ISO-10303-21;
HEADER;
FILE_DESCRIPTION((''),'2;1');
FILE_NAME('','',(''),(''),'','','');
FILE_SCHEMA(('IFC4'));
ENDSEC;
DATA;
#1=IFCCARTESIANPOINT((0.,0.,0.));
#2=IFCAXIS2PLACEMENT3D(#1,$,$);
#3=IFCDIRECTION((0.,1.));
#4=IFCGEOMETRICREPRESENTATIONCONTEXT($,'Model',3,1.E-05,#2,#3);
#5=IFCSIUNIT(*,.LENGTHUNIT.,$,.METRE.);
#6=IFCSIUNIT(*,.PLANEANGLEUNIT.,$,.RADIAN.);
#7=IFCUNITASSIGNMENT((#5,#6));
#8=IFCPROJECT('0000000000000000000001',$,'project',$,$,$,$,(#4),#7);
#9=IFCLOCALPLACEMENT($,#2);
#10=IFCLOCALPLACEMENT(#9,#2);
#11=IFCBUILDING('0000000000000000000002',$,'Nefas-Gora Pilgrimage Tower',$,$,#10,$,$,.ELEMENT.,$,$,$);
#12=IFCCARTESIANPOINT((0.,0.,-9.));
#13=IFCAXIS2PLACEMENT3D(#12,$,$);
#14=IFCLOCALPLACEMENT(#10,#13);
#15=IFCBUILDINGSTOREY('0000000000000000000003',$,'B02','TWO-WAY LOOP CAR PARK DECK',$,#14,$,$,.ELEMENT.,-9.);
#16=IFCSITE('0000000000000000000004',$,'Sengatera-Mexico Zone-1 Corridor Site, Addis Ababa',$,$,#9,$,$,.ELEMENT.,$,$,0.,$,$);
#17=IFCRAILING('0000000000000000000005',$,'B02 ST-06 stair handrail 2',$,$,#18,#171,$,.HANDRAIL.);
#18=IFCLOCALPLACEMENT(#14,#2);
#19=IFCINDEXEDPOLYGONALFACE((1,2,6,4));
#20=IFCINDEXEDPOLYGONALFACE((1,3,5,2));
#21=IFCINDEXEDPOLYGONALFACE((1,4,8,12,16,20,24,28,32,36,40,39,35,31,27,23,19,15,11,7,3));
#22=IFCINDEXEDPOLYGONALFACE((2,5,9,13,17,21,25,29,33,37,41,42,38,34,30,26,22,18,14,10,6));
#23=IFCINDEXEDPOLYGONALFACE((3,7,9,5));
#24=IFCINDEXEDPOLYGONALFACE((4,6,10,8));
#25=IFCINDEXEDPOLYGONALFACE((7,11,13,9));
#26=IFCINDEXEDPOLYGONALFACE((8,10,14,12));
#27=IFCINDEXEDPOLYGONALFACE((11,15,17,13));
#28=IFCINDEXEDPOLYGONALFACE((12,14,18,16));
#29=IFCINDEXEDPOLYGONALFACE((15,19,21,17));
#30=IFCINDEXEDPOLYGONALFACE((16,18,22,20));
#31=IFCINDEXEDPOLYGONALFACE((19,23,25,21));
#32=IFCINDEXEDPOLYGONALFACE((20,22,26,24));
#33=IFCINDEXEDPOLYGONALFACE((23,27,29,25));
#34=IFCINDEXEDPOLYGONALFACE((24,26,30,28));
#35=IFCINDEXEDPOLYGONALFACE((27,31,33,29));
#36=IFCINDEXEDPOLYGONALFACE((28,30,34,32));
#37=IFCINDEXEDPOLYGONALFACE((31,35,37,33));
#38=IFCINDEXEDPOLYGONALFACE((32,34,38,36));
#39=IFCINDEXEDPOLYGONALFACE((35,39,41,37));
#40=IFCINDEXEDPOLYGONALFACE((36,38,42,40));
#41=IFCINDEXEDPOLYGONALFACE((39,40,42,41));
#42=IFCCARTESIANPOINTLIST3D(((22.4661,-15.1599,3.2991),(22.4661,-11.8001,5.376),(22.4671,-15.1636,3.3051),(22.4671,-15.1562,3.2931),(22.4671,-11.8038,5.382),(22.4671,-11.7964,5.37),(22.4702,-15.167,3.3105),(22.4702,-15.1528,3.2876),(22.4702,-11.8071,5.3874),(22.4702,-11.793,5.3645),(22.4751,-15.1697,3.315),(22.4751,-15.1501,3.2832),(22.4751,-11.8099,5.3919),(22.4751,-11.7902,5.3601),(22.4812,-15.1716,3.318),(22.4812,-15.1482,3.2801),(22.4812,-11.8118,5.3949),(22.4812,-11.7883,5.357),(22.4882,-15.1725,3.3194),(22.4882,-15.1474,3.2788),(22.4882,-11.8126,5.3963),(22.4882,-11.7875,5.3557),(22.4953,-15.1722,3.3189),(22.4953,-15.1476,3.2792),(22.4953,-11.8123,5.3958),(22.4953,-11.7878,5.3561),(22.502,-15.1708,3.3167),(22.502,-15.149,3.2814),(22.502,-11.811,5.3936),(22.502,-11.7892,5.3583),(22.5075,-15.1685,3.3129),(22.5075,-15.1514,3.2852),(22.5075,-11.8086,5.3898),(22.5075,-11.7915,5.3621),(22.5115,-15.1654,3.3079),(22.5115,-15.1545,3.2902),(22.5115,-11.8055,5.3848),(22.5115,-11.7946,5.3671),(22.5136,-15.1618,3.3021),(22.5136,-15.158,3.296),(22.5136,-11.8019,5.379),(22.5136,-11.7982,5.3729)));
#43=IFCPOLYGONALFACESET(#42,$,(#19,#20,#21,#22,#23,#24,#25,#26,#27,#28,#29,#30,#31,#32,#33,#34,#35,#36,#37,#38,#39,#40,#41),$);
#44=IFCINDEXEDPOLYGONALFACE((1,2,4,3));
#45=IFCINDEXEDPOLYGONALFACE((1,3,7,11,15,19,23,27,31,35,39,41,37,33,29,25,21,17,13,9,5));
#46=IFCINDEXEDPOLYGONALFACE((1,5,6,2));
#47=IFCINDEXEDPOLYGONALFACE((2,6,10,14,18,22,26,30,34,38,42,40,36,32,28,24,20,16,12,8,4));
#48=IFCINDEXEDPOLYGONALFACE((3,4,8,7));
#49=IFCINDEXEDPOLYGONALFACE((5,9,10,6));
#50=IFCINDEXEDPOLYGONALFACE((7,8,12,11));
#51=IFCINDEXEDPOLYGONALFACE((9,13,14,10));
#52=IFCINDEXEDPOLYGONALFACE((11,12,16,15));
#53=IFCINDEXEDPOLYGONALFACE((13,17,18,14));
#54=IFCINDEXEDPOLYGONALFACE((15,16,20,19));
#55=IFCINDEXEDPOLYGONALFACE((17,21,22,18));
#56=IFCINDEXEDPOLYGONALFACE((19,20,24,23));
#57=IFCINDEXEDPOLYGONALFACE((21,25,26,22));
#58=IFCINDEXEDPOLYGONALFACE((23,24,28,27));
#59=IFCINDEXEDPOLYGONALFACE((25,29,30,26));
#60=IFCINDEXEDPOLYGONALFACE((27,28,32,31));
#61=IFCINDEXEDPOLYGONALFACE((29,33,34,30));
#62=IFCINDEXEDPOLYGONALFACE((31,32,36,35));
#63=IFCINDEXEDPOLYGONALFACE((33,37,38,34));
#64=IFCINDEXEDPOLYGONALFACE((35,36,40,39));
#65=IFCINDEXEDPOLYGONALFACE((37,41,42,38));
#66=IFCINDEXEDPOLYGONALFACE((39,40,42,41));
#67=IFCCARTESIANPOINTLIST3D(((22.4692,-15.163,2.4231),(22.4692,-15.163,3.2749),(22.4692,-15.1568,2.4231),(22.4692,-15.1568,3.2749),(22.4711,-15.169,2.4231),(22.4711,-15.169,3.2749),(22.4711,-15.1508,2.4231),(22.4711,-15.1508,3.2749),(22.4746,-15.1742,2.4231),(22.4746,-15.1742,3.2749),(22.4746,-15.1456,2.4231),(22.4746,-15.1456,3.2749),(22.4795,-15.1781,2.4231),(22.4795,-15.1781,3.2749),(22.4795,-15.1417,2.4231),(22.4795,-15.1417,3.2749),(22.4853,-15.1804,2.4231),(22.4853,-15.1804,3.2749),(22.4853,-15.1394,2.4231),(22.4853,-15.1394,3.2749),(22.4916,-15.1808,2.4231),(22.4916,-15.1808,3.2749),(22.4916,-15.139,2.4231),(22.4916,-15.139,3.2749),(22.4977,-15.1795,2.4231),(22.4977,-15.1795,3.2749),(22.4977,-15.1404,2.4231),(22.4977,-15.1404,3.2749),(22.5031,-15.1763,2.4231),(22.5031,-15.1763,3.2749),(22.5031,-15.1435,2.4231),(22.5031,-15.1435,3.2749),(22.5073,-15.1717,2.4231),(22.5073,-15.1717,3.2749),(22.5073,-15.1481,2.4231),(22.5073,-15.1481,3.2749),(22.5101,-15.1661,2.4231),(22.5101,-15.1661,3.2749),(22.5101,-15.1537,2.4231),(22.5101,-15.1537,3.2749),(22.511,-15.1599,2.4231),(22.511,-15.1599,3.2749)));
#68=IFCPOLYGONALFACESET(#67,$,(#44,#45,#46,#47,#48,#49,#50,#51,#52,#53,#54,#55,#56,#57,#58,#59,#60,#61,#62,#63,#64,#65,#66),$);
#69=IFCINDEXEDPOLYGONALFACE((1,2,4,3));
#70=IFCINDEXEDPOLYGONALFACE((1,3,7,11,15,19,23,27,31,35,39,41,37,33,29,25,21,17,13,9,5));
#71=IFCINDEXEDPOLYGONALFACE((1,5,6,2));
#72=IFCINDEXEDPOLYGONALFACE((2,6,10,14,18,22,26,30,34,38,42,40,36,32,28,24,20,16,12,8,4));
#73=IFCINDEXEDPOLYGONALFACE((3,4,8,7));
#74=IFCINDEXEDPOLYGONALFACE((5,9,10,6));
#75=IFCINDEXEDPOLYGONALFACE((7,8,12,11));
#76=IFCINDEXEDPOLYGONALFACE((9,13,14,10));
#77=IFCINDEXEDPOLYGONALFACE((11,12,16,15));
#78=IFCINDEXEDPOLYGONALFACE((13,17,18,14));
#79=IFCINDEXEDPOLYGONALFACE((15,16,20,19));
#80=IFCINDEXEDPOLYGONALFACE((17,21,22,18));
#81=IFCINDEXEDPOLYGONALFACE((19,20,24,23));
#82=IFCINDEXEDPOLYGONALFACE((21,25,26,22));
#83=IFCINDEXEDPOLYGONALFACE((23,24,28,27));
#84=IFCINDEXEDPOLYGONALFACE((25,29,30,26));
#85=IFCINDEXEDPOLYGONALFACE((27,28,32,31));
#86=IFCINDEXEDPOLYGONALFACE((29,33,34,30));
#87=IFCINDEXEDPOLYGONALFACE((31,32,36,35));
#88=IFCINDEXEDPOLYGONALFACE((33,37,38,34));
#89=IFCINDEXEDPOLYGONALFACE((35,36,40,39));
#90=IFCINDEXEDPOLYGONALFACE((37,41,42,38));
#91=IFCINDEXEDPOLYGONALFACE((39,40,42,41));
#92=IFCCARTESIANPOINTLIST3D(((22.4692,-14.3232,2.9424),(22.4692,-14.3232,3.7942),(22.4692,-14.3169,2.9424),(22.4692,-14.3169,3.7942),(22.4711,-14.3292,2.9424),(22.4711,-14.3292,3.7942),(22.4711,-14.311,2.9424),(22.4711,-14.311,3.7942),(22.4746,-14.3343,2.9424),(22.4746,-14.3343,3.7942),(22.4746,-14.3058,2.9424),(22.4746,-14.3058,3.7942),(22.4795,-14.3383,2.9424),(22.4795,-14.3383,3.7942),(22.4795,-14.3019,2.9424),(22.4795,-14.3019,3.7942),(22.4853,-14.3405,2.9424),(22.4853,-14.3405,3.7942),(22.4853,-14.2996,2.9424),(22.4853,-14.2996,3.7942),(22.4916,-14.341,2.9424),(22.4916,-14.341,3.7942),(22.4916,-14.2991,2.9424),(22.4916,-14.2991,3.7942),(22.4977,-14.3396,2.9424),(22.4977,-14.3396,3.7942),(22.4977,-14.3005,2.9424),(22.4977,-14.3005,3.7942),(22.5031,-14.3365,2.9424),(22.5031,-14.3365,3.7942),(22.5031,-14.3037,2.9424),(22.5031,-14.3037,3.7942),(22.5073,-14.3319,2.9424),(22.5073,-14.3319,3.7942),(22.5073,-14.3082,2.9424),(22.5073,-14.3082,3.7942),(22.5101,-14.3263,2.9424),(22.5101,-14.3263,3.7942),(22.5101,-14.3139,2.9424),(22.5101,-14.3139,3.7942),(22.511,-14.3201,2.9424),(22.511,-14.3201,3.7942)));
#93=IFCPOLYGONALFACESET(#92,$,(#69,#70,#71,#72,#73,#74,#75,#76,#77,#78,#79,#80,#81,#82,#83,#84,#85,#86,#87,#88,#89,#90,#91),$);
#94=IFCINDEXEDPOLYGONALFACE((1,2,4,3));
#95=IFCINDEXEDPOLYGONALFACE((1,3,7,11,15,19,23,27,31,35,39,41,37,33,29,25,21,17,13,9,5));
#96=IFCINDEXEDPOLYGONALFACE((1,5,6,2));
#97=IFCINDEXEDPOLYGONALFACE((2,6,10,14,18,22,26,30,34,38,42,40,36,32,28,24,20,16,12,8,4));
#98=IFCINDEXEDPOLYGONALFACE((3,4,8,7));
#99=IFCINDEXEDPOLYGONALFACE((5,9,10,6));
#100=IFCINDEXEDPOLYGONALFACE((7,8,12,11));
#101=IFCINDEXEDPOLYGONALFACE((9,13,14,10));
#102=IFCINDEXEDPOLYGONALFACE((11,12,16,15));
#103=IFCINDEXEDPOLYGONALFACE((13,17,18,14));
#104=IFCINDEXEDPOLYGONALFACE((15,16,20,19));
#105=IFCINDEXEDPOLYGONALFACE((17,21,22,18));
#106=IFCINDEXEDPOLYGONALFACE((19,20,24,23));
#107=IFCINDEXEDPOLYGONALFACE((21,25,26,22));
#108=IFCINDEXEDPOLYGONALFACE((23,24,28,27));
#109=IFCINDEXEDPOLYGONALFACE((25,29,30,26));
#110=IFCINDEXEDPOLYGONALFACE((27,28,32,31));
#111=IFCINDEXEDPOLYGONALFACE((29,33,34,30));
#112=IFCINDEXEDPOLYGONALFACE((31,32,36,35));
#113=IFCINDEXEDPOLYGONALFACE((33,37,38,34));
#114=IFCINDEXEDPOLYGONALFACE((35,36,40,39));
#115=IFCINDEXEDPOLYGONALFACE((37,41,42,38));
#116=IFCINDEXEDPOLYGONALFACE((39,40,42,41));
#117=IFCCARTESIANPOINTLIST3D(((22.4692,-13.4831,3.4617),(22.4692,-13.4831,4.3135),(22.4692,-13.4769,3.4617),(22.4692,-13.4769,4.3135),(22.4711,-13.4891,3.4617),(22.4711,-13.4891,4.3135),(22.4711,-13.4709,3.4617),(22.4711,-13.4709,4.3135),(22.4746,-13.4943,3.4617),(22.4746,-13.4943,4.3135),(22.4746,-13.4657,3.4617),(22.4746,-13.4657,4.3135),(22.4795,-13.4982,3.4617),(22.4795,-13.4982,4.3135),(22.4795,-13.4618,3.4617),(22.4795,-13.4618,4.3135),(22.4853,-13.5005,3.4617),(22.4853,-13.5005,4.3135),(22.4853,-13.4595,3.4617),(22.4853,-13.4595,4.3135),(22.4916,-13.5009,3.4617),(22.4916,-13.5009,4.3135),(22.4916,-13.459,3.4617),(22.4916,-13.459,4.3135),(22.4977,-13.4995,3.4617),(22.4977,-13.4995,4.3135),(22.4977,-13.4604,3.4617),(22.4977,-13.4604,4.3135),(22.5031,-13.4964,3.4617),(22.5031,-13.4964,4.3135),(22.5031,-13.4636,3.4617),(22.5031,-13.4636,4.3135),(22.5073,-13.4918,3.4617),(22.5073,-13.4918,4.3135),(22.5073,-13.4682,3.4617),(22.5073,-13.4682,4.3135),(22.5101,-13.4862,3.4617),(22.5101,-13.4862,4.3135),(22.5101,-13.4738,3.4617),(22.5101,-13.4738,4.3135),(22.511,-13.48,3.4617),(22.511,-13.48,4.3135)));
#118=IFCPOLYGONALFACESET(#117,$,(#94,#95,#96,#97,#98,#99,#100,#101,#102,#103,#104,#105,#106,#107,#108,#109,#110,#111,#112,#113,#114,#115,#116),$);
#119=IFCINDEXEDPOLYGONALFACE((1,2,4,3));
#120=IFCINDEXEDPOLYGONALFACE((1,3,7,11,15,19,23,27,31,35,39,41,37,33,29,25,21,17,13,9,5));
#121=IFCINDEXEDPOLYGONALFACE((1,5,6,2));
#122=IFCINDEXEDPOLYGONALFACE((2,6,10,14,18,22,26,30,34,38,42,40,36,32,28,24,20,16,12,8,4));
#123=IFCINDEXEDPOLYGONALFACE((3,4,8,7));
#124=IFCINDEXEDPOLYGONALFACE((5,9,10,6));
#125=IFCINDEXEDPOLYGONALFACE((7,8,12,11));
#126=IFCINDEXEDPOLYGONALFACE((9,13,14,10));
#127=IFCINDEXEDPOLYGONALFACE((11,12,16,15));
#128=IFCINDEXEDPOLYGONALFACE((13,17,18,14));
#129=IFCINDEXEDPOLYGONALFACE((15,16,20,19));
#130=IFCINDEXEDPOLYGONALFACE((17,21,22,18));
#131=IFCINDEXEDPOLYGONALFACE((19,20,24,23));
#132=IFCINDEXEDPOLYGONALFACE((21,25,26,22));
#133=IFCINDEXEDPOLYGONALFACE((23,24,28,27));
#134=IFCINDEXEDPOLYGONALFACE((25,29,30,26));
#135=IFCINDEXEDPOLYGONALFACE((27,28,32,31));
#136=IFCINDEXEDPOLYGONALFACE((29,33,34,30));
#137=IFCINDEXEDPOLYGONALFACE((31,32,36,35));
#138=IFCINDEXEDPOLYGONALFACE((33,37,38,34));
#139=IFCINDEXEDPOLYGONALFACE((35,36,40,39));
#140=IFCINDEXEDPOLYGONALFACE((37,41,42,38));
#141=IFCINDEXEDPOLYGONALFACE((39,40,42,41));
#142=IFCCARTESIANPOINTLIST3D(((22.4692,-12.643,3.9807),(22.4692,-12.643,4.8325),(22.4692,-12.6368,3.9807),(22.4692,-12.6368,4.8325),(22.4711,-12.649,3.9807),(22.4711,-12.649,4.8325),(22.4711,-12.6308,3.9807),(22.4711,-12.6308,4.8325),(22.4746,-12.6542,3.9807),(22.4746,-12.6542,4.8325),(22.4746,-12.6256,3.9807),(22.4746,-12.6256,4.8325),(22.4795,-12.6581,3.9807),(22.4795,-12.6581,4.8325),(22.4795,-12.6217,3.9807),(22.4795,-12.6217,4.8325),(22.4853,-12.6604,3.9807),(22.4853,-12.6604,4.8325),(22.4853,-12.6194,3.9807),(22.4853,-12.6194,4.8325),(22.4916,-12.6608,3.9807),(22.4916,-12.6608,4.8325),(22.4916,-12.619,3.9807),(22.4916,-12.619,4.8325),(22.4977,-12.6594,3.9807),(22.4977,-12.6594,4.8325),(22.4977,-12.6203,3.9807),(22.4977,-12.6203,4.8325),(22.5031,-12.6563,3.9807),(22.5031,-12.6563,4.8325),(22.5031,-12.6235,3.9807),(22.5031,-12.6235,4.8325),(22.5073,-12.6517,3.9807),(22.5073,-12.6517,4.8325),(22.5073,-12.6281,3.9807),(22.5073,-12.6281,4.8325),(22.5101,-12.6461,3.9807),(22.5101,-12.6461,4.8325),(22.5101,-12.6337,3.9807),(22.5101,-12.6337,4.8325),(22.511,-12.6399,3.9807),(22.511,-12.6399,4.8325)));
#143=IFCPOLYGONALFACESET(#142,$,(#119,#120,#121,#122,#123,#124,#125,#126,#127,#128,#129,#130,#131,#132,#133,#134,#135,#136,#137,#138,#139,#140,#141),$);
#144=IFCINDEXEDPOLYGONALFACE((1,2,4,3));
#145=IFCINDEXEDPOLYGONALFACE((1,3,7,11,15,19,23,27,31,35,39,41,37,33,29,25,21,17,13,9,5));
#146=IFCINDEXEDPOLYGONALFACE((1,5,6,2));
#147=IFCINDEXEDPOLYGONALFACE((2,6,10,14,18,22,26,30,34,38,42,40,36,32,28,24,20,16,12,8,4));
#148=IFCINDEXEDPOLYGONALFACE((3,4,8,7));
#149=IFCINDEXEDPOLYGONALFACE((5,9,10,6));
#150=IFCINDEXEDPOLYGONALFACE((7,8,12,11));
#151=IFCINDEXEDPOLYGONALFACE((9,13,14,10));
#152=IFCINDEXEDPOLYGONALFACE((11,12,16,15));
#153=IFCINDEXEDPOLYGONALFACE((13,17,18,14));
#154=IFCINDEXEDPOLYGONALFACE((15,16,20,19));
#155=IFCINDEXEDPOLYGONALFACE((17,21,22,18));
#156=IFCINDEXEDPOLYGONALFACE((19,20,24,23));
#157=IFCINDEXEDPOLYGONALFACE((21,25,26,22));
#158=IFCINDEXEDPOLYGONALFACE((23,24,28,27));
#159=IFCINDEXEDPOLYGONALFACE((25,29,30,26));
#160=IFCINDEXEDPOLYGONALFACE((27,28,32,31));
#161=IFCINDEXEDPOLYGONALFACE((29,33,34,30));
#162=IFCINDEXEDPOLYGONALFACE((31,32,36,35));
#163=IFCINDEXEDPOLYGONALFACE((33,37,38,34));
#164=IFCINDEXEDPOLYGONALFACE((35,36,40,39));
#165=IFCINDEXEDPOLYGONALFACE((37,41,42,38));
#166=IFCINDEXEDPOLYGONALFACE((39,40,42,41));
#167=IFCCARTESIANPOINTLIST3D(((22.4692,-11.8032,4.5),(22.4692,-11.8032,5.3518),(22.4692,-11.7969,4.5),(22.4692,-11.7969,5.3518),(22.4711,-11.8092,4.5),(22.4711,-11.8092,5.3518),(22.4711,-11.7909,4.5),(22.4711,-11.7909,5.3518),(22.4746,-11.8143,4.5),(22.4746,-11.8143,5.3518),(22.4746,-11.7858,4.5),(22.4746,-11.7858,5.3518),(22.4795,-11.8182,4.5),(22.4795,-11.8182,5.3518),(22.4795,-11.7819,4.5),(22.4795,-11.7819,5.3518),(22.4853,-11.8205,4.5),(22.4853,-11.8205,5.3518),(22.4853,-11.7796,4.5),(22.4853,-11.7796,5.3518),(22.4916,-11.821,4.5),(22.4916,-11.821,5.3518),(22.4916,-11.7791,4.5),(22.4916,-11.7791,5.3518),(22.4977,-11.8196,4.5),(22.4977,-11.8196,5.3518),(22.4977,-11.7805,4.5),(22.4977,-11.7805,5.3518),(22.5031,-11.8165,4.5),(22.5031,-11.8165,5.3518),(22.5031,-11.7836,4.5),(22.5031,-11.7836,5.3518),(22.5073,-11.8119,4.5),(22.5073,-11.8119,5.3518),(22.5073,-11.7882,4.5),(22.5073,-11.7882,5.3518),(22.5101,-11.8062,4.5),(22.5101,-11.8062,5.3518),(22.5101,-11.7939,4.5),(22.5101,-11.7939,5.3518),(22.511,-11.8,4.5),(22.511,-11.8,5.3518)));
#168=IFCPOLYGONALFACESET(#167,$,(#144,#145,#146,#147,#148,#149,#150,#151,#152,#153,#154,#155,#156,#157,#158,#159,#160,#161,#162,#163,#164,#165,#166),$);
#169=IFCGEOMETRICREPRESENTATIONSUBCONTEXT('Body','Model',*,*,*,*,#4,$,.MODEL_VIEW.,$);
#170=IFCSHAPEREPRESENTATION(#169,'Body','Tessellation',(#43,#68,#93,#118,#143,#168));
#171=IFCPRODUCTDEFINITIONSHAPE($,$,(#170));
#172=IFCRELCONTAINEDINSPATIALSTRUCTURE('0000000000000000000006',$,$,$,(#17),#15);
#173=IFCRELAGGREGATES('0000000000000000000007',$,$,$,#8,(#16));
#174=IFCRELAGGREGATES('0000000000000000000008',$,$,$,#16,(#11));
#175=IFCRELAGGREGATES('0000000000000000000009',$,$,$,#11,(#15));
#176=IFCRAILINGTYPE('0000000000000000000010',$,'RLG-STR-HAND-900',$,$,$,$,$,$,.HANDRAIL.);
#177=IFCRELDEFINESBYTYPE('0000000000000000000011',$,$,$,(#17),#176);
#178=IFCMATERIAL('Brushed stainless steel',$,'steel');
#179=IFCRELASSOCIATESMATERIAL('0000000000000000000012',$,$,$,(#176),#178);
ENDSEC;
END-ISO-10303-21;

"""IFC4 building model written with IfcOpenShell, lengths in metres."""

from ifc_helpers import new_model, si_unit, direction, frame, origin, origin_2d, place, context, subcontext, project, spatial, circle, extrude, material, type_object, element, save


model = new_model("IFC4")

# Units and contexts
model_context = context("Model", 3, precision=1e-05, world=origin(), true_north=direction((0.0, 1.0)))
body_context = subcontext(model_context, "Body", "Model", "MODEL_VIEW")
ifc_project = project(units=[si_unit("LENGTHUNIT", "METRE"), si_unit("PLANEANGLEUNIT", "RADIAN")], contexts=[model_context])

# Site, building, storey
site_placement = place(None, origin())
site = spatial("IfcSite", under=ifc_project, at=site_placement, Name="Sengatera-Mexico Zone-1 Corridor Site, Addis Ababa", CompositionType="ELEMENT", RefElevation=0.0)
building_placement = place(site_placement, origin())
building = spatial("IfcBuilding", under=site, at=building_placement, Name="Nefas-Gora Pilgrimage Tower", CompositionType="ELEMENT")
storey_placement = place(building_placement, frame((0.0, 0.0, -9.0)))
storey = spatial("IfcBuildingStorey", under=building, at=storey_placement, Name="B02", Description="TWO-WAY LOOP CAR PARK DECK", CompositionType="ELEMENT", Elevation=-9.0)

# Railing
ifc_material_1 = material(Name="Brushed stainless steel", Category="steel")
railing_type = type_object("IfcRailingType", Name="RLG-STR-HAND-900", PredefinedType="HANDRAIL", material=ifc_material_1)
railing_placement = place(storey_placement, frame((22.49, -15.1599, 2.4231)))
element("IfcRailing", 1, at=railing_placement, inside=storey, type_object=railing_type, Name="B02 ST-06 stair handrail 2", PredefinedType="HANDRAIL", context=body_context, shape_type="SweptSolid", body=[
    extrude(circle(Radius=0.0239, at=origin_2d()), frame((0.0, 0.0, 0.876), z_axis=(0.0, 0.850606, 0.525803), x_axis=(-1.0, 0.0, 0.0)), (0.0, 0.0, 1.0), 3.95),
    extrude(circle(Radius=0.021, at=origin_2d()), origin(), (0.0, 0.0, 1.0), 0.8518),
    extrude(circle(Radius=0.021, at=origin_2d()), frame((0.0, 0.8398, 0.5193)), (0.0, 0.0, 1.0), 0.8518),
    extrude(circle(Radius=0.021, at=origin_2d()), frame((0.0, 1.6799, 1.0386)), (0.0, 0.0, 1.0), 0.8518),
    extrude(circle(Radius=0.021, at=origin_2d()), frame((0.0, 2.52, 1.5576)), (0.0, 0.0, 1.0), 0.8518),
    extrude(circle(Radius=0.021, at=origin_2d()), frame((0.0, 3.3599, 2.0769)), (0.0, 0.0, 1.0), 0.8518),
])

save(model, "model.ifc")
